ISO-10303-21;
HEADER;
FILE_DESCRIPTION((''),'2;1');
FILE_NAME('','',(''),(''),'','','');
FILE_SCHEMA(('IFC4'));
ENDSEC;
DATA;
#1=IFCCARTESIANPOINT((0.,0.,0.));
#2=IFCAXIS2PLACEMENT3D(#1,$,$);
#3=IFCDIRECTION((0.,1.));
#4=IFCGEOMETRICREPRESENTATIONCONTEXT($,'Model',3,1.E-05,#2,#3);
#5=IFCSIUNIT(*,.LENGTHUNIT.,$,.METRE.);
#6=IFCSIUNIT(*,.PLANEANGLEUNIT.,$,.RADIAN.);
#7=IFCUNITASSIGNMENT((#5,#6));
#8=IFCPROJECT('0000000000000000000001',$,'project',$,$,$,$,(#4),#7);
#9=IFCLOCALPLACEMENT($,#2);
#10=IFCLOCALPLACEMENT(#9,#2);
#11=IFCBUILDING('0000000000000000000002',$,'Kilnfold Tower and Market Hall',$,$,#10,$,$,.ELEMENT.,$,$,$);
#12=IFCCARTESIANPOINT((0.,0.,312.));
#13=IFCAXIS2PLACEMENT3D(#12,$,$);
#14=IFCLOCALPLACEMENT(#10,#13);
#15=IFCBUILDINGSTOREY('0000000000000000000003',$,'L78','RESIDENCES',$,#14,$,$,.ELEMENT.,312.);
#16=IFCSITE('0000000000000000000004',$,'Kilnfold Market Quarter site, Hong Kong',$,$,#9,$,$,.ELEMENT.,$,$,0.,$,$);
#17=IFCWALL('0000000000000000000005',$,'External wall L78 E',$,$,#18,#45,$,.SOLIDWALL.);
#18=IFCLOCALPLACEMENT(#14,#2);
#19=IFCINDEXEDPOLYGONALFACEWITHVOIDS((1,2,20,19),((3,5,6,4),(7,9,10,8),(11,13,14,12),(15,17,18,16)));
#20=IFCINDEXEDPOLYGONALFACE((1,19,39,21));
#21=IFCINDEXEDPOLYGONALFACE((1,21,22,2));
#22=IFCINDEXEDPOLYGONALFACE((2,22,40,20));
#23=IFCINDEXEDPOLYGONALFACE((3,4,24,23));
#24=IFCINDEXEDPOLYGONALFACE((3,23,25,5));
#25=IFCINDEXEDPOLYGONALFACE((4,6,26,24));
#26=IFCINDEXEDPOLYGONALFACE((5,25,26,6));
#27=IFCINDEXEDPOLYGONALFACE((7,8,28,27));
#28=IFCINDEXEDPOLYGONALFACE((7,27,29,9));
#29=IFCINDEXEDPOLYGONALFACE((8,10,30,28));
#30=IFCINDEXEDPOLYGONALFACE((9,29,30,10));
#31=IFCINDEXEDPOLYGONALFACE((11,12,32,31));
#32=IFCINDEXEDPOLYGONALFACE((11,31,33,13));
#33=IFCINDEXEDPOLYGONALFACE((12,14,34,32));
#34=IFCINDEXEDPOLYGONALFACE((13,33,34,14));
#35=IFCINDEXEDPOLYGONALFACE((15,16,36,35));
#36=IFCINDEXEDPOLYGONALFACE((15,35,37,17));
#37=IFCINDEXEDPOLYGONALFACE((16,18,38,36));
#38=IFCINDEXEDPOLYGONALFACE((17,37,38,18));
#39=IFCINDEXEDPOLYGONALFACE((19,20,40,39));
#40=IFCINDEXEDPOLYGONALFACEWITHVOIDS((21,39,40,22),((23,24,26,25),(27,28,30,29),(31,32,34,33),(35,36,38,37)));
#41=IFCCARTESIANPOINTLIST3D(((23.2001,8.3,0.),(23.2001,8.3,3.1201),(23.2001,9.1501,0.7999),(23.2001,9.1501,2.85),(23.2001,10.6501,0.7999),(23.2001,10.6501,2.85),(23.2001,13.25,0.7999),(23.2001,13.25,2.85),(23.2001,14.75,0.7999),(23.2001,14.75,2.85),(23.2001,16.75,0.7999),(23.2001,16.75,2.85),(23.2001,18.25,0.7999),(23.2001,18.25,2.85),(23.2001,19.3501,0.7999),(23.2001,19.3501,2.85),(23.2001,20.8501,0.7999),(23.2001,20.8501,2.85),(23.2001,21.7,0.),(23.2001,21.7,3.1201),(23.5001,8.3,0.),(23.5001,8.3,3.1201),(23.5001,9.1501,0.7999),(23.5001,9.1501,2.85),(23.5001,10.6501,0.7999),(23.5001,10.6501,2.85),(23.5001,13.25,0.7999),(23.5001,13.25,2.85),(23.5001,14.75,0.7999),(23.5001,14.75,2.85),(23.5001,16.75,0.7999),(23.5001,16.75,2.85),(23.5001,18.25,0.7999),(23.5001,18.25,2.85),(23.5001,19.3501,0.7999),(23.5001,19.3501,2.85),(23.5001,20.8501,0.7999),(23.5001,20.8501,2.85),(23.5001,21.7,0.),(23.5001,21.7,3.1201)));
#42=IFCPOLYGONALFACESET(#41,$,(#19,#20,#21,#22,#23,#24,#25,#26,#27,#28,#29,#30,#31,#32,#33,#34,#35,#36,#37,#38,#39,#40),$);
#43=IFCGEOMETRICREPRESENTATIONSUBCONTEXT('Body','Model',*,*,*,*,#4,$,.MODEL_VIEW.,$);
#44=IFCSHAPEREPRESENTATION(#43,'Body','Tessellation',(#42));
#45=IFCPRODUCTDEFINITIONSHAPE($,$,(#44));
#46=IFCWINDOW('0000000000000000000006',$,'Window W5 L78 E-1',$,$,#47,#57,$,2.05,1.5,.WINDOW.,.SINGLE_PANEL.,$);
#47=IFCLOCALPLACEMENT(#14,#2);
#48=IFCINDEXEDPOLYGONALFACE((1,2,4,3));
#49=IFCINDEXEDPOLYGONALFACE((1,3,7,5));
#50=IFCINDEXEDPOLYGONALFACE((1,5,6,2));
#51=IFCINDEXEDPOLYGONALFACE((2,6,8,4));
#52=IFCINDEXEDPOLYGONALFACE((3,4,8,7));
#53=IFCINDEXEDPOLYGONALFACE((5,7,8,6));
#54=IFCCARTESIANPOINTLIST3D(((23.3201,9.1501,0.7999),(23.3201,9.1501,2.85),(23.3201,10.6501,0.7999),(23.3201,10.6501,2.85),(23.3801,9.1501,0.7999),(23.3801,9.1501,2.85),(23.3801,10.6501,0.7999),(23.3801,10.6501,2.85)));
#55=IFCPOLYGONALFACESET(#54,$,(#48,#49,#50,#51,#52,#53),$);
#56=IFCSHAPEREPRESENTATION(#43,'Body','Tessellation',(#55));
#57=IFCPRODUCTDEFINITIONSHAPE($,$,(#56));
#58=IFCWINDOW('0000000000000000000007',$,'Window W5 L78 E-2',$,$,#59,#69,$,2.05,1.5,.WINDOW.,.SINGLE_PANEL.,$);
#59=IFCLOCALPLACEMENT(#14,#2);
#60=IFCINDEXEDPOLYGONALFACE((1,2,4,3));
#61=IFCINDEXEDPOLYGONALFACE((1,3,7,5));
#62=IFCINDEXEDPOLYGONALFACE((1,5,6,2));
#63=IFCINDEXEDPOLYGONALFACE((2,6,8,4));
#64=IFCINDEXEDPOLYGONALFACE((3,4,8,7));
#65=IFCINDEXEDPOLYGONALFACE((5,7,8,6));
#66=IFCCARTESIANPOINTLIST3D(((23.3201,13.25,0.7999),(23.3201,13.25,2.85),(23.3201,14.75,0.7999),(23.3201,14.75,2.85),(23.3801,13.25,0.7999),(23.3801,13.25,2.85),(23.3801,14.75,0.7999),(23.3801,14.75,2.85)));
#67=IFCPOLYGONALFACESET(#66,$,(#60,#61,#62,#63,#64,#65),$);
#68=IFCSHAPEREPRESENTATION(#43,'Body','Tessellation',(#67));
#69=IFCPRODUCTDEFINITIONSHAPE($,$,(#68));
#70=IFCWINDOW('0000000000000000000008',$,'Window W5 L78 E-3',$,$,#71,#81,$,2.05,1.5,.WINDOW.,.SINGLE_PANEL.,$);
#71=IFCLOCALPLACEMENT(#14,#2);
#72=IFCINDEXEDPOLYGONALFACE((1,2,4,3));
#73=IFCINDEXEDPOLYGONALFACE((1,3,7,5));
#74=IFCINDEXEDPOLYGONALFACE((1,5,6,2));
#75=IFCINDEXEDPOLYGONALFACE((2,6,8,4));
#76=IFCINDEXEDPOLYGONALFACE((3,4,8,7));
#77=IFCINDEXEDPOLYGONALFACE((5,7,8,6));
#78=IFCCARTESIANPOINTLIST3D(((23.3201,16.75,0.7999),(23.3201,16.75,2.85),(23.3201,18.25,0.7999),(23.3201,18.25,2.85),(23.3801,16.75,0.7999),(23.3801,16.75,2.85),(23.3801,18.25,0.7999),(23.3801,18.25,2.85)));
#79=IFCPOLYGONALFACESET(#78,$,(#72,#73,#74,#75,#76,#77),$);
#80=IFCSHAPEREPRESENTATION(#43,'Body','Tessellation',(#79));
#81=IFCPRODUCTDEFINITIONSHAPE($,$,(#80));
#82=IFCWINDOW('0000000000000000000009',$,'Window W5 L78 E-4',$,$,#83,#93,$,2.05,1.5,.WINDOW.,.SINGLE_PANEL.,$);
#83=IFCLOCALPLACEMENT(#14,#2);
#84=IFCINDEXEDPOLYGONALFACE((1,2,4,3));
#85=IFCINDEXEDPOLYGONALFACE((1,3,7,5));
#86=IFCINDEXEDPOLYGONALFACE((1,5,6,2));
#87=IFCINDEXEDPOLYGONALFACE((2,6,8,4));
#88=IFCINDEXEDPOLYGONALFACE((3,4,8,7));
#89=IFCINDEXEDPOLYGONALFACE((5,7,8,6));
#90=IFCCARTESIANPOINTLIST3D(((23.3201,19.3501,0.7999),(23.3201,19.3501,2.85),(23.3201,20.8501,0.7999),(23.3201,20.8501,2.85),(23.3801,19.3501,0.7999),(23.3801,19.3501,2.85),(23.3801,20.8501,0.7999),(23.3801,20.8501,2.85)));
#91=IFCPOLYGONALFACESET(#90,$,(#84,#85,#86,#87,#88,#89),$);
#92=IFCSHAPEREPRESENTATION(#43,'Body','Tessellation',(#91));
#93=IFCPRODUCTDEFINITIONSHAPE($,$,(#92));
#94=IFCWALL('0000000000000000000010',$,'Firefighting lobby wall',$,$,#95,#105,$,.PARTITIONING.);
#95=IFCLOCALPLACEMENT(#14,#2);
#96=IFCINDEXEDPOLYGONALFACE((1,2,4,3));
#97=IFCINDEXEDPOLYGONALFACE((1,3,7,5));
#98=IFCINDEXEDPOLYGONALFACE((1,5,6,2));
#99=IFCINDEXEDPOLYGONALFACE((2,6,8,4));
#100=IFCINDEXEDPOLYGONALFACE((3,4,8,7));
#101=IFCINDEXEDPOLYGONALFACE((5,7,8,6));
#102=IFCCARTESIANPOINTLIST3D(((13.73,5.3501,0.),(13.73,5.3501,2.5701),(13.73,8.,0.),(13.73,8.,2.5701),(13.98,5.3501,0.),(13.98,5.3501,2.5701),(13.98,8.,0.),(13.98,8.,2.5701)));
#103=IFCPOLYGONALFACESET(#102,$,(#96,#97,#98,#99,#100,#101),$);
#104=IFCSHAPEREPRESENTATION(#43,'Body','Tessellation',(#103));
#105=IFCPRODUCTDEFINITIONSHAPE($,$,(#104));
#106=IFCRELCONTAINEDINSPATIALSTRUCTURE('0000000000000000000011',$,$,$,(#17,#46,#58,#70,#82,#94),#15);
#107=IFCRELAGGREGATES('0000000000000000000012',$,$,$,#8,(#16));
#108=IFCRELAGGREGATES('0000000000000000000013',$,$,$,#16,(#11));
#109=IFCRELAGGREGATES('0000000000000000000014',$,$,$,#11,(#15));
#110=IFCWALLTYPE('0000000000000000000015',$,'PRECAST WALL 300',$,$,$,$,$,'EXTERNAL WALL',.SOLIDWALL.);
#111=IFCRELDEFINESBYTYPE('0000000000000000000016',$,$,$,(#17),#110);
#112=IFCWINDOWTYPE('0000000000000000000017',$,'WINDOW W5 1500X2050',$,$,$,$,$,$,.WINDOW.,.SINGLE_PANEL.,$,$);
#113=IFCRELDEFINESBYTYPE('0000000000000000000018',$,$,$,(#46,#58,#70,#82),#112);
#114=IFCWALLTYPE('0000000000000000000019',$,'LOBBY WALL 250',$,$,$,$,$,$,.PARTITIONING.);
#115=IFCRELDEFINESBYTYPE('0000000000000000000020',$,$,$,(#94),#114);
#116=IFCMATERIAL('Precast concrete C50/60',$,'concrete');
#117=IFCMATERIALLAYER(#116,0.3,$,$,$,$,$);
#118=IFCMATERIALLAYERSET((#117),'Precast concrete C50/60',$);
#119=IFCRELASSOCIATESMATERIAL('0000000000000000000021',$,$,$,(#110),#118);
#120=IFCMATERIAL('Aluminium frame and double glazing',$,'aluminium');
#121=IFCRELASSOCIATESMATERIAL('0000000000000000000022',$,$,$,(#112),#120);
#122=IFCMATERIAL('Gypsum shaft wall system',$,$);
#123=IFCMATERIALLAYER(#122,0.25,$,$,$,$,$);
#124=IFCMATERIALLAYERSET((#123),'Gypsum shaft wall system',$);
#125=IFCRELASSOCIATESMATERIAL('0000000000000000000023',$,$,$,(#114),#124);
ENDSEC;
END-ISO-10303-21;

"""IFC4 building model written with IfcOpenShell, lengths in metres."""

from ifc_helpers import new_model, si_unit, direction, frame, frame_2d, origin, place, context, subcontext, project, spatial, rectangle, extrude, source, transform, mapped, material, layer, layer_set, type_object, element, fill, save


model = new_model("IFC4")

# Units and contexts
model_context = context("Model", 3, precision=1e-05, world=origin(), true_north=direction((0.0, 1.0)))
body_context = subcontext(model_context, "Body", "Model", "MODEL_VIEW")
ifc_project = project(units=[si_unit("LENGTHUNIT", "METRE"), si_unit("PLANEANGLEUNIT", "RADIAN")], contexts=[model_context])

# Site, building, storey
site_placement = place(None, origin())
site = spatial("IfcSite", under=ifc_project, at=site_placement, Name="Kilnfold Market Quarter site, Hong Kong", CompositionType="ELEMENT", RefElevation=0.0)
building_placement = place(site_placement, origin())
building = spatial("IfcBuilding", under=site, at=building_placement, Name="Kilnfold Tower and Market Hall", CompositionType="ELEMENT")
storey_placement = place(building_placement, frame((0.0, 0.0, 312.0)))
storey = spatial("IfcBuildingStorey", under=building, at=storey_placement, Name="L78", Description="RESIDENCES", CompositionType="ELEMENT", Elevation=312.0)

# Shared definitions
ifc_material_1 = material(Name="Precast concrete C50/60", Category="concrete")
ifc_layer_1 = layer(ifc_material_1, 0.3)
ifc_layer_set_1 = layer_set([ifc_layer_1], Name="Precast concrete C50/60")
wall_type_1 = type_object("IfcWallType", Name="PRECAST WALL 300", ElementType="EXTERNAL WALL", PredefinedType="SOLIDWALL", material=ifc_layer_set_1)
ifc_material_2 = material(Name="Aluminium frame and double glazing", Category="aluminium")
window_type = type_object("IfcWindowType", Name="WINDOW W5 1500X2050", PartitioningType="SINGLE_PANEL", PredefinedType="WINDOW", material=ifc_material_2)

# Wall, openings, windows
shared_shape_1 = source(origin(), body_context, "Body", "SweptSolid", [
    extrude(rectangle(XDim=13.3999, YDim=0.3, at=frame_2d((6.7, 0.0))), origin(), (0.0, 0.0, 1.0), 3.1201),
])
wall_1_placement = place(storey_placement, frame((23.3501, 8.3, 0.0), z_axis=(0.0, 0.0, 1.0), x_axis=(0.0, 1.0, 0.0)))
wall_1 = element("IfcWall", 1, at=wall_1_placement, inside=storey, type_object=wall_type_1, Name="External wall L78 E", PredefinedType="SOLIDWALL", context=body_context, shape_type="MappedRepresentation", body=[
    mapped(shared_shape_1, transform((0.0, 0.0, 0.0))),
])
opening_1_placement = place(wall_1_placement, frame((0.8501, 0.0, 0.8)))
opening_1 = element("IfcOpeningElement", 2, at=opening_1_placement, cuts=wall_1, PredefinedType="OPENING", context=body_context, shape_type="SweptSolid", body=[
    extrude(rectangle(XDim=1.5, YDim=2.05, at=frame_2d((0.75, 1.0249))), frame((0.0, 0.1602, 0.0), z_axis=(0.0, -1.0, 0.0), x_axis=(1.0, 0.0, 0.0)), (0.0, 0.0, 1.0), 0.3201),
])
opening_2_placement = place(wall_1_placement, frame((4.95, 0.0, 0.8)))
opening_2 = element("IfcOpeningElement", 3, at=opening_2_placement, cuts=wall_1, PredefinedType="OPENING", context=body_context, shape_type="SweptSolid", body=[
    extrude(rectangle(XDim=1.5, YDim=2.05, at=frame_2d((0.75, 1.0249))), frame((0.0, 0.1602, 0.0), z_axis=(0.0, -1.0, 0.0), x_axis=(1.0, 0.0, 0.0)), (0.0, 0.0, 1.0), 0.3201),
])
opening_3_placement = place(wall_1_placement, frame((8.45, 0.0, 0.8)))
opening_3 = element("IfcOpeningElement", 4, at=opening_3_placement, cuts=wall_1, PredefinedType="OPENING", context=body_context, shape_type="SweptSolid", body=[
    extrude(rectangle(XDim=1.5, YDim=2.05, at=frame_2d((0.75, 1.0249))), frame((0.0, 0.1602, 0.0), z_axis=(0.0, -1.0, 0.0), x_axis=(1.0, 0.0, 0.0)), (0.0, 0.0, 1.0), 0.3201),
])
opening_4_placement = place(wall_1_placement, frame((11.05, 0.0, 0.8)))
opening_4 = element("IfcOpeningElement", 5, at=opening_4_placement, cuts=wall_1, PredefinedType="OPENING", context=body_context, shape_type="SweptSolid", body=[
    extrude(rectangle(XDim=1.5, YDim=2.05, at=frame_2d((0.75, 1.0249))), frame((0.0, 0.1602, 0.0), z_axis=(0.0, -1.0, 0.0), x_axis=(1.0, 0.0, 0.0)), (0.0, 0.0, 1.0), 0.3201),
])
window_1_placement = place(opening_1_placement, origin())
window_1 = element("IfcWindow", 6, at=window_1_placement, inside=storey, type_object=window_type, Name="Window W5 L78 E-1", OverallHeight=2.05, OverallWidth=1.5, PartitioningType="SINGLE_PANEL", PredefinedType="WINDOW", context=body_context, shape_type="SweptSolid", body=[
    extrude(rectangle(XDim=1.5, YDim=2.05, at=frame_2d((0.75, 1.0249))), frame((0.0, 0.03, 0.0), z_axis=(0.0, -1.0, 0.0), x_axis=(1.0, 0.0, 0.0)), (0.0, 0.0, 1.0), 0.0601),
])
fill(opening_1, window_1)
window_2_placement = place(opening_2_placement, origin())
window_2 = element("IfcWindow", 7, at=window_2_placement, inside=storey, type_object=window_type, Name="Window W5 L78 E-2", OverallHeight=2.05, OverallWidth=1.5, PartitioningType="SINGLE_PANEL", PredefinedType="WINDOW", context=body_context, shape_type="SweptSolid", body=[
    extrude(rectangle(XDim=1.5, YDim=2.05, at=frame_2d((0.75, 1.0249))), frame((0.0, 0.03, 0.0), z_axis=(0.0, -1.0, 0.0), x_axis=(1.0, 0.0, 0.0)), (0.0, 0.0, 1.0), 0.0601),
])
fill(opening_2, window_2)
window_3_placement = place(opening_3_placement, origin())
window_3 = element("IfcWindow", 8, at=window_3_placement, inside=storey, type_object=window_type, Name="Window W5 L78 E-3", OverallHeight=2.05, OverallWidth=1.5, PartitioningType="SINGLE_PANEL", PredefinedType="WINDOW", context=body_context, shape_type="SweptSolid", body=[
    extrude(rectangle(XDim=1.5, YDim=2.05, at=frame_2d((0.75, 1.0249))), frame((0.0, 0.03, 0.0), z_axis=(0.0, -1.0, 0.0), x_axis=(1.0, 0.0, 0.0)), (0.0, 0.0, 1.0), 0.0601),
])
fill(opening_3, window_3)
window_4_placement = place(opening_4_placement, origin())
window_4 = element("IfcWindow", 9, at=window_4_placement, inside=storey, type_object=window_type, Name="Window W5 L78 E-4", OverallHeight=2.05, OverallWidth=1.5, PartitioningType="SINGLE_PANEL", PredefinedType="WINDOW", context=body_context, shape_type="SweptSolid", body=[
    extrude(rectangle(XDim=1.5, YDim=2.05, at=frame_2d((0.75, 1.0249))), frame((0.0, 0.03, 0.0), z_axis=(0.0, -1.0, 0.0), x_axis=(1.0, 0.0, 0.0)), (0.0, 0.0, 1.0), 0.0601),
])
fill(opening_4, window_4)

# Wall
ifc_material_3 = material(Name="Gypsum shaft wall system")
ifc_layer_2 = layer(ifc_material_3, 0.25)
ifc_layer_set_2 = layer_set([ifc_layer_2], Name="Gypsum shaft wall system")
wall_type_2 = type_object("IfcWallType", Name="LOBBY WALL 250", PredefinedType="PARTITIONING", material=ifc_layer_set_2)
shared_shape_2 = source(origin(), body_context, "Body", "SweptSolid", [
    extrude(rectangle(XDim=2.6499, YDim=0.25, at=frame_2d((1.325, 0.0))), origin(), (0.0, 0.0, 1.0), 2.5701),
])
wall_2_placement = place(storey_placement, frame((13.855, 5.3501, 0.0), z_axis=(0.0, 0.0, 1.0), x_axis=(0.0, 1.0, 0.0)))
element("IfcWall", 10, at=wall_2_placement, inside=storey, type_object=wall_type_2, Name="Firefighting lobby wall", PredefinedType="PARTITIONING", context=body_context, shape_type="MappedRepresentation", body=[
    mapped(shared_shape_2, transform((0.0, 0.0, 0.0))),
])

save(model, "model.ifc")
